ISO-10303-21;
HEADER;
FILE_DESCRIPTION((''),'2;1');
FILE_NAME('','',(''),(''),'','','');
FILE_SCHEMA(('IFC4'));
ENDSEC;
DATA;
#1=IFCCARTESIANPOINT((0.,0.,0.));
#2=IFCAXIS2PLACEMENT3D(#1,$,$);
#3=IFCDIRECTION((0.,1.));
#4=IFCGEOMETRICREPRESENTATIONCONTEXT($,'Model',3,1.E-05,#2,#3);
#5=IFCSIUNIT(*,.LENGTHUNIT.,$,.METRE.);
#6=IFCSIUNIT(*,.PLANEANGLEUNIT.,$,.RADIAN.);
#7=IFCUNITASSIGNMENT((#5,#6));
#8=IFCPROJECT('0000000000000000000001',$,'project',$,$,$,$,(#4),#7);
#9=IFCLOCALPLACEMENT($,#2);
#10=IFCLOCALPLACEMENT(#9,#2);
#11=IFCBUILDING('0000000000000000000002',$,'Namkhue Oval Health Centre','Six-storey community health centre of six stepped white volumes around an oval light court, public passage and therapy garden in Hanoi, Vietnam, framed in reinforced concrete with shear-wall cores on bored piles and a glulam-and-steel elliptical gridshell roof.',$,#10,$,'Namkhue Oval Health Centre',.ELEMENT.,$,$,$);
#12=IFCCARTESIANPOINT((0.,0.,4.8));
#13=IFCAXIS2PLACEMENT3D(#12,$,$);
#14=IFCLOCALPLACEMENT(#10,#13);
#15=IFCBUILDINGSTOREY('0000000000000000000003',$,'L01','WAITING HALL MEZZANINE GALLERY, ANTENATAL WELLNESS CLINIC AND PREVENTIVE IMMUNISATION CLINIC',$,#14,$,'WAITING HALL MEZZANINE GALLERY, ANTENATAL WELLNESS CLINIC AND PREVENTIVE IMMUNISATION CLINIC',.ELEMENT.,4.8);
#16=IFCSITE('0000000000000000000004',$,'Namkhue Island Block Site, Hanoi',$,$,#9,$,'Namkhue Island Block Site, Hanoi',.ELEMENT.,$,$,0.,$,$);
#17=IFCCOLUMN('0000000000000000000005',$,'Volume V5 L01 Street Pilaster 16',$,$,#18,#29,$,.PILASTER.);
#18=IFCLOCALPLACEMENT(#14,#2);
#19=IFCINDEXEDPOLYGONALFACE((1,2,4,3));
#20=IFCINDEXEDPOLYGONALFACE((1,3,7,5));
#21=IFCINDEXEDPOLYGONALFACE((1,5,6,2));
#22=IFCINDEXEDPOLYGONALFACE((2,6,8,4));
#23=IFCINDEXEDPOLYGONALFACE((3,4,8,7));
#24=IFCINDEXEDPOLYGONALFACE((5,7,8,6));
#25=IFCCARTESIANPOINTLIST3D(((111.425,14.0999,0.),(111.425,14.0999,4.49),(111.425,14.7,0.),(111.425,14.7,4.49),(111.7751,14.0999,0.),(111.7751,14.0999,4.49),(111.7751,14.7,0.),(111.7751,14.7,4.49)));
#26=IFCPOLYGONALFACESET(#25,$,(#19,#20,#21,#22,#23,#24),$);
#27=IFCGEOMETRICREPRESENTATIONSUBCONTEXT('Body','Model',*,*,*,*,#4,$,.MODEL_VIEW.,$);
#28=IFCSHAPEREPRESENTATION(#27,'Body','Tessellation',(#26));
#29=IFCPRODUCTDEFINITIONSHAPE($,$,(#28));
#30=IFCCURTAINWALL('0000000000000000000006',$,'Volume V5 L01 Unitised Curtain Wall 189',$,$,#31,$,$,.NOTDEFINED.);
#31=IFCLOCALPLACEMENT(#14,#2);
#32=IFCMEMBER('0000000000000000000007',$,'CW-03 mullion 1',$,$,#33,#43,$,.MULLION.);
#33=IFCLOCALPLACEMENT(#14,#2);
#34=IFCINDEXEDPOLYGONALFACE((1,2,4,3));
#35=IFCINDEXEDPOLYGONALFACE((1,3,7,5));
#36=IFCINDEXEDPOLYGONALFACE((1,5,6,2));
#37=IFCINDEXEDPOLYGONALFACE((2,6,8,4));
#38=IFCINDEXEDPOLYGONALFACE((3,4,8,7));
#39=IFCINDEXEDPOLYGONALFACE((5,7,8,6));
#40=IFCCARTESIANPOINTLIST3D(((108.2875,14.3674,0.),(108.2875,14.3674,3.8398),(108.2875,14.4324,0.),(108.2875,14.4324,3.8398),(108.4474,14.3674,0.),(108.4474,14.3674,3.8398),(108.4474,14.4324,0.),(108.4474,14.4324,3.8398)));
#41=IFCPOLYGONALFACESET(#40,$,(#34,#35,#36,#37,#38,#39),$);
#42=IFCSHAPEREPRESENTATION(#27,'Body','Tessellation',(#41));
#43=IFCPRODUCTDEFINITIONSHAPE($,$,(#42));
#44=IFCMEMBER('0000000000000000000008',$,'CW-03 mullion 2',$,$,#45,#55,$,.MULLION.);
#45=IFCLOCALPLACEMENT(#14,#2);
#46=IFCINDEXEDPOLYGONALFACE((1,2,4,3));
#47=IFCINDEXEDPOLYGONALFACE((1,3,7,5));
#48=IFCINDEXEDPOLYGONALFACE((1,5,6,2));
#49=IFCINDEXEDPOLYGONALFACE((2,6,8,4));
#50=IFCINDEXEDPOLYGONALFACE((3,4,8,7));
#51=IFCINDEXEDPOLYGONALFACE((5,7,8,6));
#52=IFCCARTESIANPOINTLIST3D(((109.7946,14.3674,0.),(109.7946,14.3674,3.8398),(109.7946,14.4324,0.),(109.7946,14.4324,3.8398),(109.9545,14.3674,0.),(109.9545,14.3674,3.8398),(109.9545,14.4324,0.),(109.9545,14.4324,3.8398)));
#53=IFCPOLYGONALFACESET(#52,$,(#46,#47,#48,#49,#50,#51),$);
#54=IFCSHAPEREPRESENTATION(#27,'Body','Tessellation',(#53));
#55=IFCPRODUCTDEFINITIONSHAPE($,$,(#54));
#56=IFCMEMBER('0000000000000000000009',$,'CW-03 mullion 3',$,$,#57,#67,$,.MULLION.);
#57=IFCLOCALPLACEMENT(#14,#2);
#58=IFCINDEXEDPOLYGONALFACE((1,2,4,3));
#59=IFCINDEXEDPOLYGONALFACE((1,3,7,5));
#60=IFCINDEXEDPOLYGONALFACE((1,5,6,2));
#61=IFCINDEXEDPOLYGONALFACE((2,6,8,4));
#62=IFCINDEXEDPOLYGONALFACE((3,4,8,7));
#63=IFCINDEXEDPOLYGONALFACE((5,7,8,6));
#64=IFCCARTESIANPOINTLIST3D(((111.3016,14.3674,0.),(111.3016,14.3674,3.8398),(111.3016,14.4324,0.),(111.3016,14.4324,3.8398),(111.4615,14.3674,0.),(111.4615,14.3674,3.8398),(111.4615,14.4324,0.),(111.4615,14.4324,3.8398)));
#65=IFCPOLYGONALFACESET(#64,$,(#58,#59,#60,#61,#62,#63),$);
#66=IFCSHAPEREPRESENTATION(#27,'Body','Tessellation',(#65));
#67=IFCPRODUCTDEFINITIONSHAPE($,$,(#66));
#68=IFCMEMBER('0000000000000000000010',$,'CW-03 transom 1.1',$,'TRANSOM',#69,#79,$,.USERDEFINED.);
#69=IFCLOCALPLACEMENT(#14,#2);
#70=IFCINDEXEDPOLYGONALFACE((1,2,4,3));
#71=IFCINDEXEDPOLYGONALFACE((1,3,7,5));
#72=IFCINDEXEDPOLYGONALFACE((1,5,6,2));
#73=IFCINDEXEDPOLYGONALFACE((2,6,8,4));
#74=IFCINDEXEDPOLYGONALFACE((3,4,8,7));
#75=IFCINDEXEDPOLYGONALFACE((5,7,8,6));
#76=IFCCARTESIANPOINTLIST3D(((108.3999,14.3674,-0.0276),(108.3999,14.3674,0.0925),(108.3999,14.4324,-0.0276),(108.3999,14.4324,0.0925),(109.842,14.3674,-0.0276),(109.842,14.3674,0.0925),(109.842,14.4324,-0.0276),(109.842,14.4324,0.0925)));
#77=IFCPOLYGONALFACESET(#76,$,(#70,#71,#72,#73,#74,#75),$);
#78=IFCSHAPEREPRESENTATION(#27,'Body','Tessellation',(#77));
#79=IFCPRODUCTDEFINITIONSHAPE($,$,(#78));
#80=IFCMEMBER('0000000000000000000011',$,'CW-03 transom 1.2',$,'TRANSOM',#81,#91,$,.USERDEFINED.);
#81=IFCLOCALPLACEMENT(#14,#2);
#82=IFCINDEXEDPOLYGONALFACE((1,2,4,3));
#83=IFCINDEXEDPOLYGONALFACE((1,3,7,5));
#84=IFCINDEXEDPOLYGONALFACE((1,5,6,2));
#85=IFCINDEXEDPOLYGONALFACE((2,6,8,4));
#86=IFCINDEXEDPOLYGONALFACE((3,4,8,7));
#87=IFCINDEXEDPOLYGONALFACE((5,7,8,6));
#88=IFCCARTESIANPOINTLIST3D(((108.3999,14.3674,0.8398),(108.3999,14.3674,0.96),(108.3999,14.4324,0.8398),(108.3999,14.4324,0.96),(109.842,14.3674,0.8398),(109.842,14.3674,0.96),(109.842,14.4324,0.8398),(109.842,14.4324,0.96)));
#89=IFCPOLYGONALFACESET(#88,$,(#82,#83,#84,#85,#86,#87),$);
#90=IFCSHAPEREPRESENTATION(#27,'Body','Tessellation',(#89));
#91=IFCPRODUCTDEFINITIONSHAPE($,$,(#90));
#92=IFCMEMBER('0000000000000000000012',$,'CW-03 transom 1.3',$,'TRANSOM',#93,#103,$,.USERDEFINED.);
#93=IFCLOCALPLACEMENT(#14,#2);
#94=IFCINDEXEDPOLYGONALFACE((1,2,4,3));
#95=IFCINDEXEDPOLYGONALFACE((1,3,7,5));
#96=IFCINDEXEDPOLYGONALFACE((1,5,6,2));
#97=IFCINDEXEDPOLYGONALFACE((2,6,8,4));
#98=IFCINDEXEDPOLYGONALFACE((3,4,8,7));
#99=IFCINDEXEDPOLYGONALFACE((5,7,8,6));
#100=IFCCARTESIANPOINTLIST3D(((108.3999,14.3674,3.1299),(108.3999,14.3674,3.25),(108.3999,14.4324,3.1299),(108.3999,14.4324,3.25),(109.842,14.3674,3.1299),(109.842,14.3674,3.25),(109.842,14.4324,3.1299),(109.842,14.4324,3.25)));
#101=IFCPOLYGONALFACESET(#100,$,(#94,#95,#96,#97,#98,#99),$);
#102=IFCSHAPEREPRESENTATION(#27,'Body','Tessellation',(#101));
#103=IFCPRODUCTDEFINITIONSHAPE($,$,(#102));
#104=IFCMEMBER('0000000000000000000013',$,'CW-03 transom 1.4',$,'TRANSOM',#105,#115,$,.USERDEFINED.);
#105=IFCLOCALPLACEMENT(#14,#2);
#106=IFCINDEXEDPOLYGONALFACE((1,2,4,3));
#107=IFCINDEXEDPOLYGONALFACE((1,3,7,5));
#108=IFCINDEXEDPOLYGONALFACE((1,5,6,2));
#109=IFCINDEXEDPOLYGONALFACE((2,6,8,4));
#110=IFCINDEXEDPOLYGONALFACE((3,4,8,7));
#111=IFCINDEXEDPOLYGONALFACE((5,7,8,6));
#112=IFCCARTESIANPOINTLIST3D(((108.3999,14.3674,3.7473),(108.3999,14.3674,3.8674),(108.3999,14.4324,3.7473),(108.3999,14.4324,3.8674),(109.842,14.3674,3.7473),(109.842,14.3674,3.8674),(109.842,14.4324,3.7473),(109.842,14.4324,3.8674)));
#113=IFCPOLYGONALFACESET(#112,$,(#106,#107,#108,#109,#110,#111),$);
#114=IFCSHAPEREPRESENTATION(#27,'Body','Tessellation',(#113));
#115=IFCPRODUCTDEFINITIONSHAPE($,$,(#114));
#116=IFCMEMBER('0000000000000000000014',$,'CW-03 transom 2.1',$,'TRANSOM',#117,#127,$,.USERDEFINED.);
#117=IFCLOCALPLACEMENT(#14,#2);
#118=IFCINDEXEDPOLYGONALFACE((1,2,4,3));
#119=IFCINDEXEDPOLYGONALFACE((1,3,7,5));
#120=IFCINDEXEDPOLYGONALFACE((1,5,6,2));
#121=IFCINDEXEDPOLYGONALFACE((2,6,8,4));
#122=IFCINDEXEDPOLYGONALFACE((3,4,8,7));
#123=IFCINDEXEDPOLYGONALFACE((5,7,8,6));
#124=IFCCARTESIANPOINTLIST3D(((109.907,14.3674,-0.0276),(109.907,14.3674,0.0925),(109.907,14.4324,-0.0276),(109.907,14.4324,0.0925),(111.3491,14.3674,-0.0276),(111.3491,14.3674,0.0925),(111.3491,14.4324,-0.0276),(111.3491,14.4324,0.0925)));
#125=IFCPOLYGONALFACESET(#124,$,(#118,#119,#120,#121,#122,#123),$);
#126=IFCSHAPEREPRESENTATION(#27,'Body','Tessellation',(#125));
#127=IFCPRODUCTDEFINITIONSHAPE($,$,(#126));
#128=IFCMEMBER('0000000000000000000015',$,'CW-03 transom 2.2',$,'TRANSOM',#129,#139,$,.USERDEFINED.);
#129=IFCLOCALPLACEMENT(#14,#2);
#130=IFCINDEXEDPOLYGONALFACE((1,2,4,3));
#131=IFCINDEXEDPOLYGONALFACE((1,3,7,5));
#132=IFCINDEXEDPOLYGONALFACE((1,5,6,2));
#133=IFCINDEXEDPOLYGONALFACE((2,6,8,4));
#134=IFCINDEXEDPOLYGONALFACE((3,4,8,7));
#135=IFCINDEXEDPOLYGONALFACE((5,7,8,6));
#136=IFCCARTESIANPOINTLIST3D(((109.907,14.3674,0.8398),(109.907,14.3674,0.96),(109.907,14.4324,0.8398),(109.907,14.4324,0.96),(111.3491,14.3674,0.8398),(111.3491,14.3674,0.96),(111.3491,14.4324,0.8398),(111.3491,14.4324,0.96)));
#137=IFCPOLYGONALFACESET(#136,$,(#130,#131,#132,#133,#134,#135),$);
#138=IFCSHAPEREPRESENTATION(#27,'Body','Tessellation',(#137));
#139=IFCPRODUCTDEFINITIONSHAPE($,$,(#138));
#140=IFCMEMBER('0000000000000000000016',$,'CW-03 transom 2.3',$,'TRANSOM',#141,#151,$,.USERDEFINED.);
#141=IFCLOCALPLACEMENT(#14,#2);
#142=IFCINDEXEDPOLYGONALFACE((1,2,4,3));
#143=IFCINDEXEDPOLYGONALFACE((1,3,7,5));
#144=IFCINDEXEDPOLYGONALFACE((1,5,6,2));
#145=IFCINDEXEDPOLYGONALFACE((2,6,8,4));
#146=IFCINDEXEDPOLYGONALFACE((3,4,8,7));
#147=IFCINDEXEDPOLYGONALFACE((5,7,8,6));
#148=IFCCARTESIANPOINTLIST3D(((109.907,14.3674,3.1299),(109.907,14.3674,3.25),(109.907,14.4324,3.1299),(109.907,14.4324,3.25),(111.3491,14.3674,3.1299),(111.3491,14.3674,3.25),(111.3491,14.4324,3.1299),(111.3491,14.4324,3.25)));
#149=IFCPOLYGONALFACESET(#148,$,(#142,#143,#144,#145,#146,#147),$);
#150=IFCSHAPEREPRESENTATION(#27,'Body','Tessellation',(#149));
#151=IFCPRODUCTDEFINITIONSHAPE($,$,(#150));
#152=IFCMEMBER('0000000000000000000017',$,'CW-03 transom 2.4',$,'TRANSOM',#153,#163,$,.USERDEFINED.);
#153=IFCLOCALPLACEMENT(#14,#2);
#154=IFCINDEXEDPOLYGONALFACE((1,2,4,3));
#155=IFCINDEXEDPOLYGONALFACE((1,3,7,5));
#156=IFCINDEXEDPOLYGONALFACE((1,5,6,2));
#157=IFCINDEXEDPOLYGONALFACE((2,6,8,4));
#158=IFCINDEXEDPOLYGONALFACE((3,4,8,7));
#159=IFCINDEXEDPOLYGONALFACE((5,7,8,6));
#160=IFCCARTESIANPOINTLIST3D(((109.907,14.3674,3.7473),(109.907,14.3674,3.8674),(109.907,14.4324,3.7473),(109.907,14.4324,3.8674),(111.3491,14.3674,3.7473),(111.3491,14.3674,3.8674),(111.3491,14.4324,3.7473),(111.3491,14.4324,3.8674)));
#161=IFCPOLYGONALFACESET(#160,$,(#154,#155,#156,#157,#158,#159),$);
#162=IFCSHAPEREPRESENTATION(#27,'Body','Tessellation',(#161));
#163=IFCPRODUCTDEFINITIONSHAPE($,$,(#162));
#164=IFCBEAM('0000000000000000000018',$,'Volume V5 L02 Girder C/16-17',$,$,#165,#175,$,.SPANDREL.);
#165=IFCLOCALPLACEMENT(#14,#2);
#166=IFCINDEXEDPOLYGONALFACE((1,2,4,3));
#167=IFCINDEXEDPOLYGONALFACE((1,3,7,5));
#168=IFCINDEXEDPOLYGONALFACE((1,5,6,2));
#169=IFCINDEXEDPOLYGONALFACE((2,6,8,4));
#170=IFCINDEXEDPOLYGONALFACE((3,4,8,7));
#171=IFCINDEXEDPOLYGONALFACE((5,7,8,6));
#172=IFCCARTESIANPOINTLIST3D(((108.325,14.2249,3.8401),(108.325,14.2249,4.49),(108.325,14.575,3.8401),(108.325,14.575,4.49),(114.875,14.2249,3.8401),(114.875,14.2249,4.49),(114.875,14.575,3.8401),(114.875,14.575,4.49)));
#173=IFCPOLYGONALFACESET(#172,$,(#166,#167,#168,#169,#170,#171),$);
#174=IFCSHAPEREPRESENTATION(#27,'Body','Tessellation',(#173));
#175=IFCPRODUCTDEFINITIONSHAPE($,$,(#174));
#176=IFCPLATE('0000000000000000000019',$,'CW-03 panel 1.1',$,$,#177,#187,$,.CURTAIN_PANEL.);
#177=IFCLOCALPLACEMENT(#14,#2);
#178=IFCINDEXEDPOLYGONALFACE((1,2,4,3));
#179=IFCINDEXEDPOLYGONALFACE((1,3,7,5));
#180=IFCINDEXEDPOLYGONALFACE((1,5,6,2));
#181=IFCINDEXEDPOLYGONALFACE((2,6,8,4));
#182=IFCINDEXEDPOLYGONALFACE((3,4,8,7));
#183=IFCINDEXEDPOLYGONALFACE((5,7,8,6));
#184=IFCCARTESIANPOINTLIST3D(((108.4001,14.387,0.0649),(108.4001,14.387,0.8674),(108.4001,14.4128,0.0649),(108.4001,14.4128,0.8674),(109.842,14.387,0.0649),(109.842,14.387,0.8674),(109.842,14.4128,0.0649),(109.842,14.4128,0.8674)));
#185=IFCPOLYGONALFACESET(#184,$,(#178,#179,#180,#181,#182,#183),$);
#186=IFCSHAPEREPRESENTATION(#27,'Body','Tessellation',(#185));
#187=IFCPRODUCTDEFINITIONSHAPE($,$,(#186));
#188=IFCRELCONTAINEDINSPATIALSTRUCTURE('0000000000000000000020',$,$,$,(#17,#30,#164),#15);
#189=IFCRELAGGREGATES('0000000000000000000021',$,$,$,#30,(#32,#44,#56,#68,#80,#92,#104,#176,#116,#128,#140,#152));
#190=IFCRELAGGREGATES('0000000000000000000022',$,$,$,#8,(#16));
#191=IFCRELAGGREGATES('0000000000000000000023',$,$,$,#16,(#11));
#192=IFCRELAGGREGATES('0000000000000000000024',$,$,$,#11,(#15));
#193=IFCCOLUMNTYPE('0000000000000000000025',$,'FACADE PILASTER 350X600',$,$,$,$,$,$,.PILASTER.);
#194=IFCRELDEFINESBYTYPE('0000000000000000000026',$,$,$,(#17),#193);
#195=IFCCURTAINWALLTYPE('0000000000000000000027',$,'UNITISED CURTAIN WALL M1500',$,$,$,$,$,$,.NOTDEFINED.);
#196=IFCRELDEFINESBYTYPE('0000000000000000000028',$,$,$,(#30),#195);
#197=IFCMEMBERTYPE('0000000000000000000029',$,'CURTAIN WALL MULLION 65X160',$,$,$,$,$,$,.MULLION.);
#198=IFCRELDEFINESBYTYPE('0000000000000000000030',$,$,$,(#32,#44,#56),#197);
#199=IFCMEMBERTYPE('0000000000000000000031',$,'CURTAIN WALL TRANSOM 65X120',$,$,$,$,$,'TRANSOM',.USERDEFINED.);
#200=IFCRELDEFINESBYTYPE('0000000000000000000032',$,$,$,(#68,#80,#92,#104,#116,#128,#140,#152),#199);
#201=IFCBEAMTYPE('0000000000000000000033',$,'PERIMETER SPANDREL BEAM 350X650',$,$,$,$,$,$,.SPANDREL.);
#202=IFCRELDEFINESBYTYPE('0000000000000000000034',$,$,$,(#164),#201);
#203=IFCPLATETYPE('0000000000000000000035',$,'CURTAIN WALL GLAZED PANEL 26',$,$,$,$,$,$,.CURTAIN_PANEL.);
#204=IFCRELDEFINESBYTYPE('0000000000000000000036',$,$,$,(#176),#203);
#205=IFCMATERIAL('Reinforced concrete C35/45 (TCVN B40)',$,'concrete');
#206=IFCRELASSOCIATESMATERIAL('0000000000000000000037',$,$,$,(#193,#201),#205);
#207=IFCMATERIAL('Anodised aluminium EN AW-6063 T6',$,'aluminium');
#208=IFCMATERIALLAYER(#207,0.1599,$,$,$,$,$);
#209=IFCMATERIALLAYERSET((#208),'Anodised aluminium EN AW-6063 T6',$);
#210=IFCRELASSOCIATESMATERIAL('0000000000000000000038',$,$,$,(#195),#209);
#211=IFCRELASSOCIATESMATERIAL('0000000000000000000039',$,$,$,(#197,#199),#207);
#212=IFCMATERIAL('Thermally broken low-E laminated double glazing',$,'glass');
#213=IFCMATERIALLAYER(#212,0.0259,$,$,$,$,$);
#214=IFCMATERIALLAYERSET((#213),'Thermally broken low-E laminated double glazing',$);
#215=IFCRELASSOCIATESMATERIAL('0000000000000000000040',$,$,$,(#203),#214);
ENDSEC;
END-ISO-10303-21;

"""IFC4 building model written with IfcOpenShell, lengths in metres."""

from ifc_helpers import new_model, si_unit, direction, frame, origin, origin_2d, place, context, subcontext, project, spatial, rectangle, extrude, material, layer, layer_set, material_profile, profile_set, type_object, element, aggregate, save


model = new_model("IFC4")

# Units and contexts
model_context = context("Model", 3, precision=1e-05, world=origin(), true_north=direction((0.0, 1.0)))
body_context = subcontext(model_context, "Body", "Model", "MODEL_VIEW")
ifc_project = project(units=[si_unit("LENGTHUNIT", "METRE"), si_unit("PLANEANGLEUNIT", "RADIAN")], contexts=[model_context])

# Site, building, storey
site_placement = place(None, origin())
site = spatial("IfcSite", under=ifc_project, at=site_placement, Name="Namkhue Island Block Site, Hanoi", LongName="Namkhue Island Block Site, Hanoi", CompositionType="ELEMENT", RefElevation=0.0)
building_placement = place(site_placement, origin())
building = spatial("IfcBuilding", under=site, at=building_placement, Name="Namkhue Oval Health Centre", Description="Six-storey community health centre of six stepped white volumes around an oval light court, public passage and therapy garden in Hanoi, Vietnam, framed in reinforced concrete with shear-wall cores on bored piles and a glulam-and-steel elliptical gridshell roof.", LongName="Namkhue Oval Health Centre", CompositionType="ELEMENT")
storey_placement = place(building_placement, frame((0.0, 0.0, 4.8)))
storey = spatial("IfcBuildingStorey", under=building, at=storey_placement, Name="L01", Description="WAITING HALL MEZZANINE GALLERY, ANTENATAL WELLNESS CLINIC AND PREVENTIVE IMMUNISATION CLINIC", LongName="WAITING HALL MEZZANINE GALLERY, ANTENATAL WELLNESS CLINIC AND PREVENTIVE IMMUNISATION CLINIC", CompositionType="ELEMENT", Elevation=4.8)

# Column
ifc_material_1 = material(Name="Reinforced concrete C35/45 (TCVN B40)", Category="concrete")
ifc_material_profile_1 = material_profile(ifc_material_1, rectangle(XDim=0.3501, YDim=0.6001, at=origin_2d()), Name="RC 350x600")
ifc_profile_set_1 = profile_set([ifc_material_profile_1], Name="Reinforced concrete C35/45 (TCVN B40)")
column_type = type_object("IfcColumnType", Name="FACADE PILASTER 350X600", PredefinedType="PILASTER", material=ifc_profile_set_1)
column_placement = place(storey_placement, frame((111.6001, 14.3999, 0.0), z_axis=(0.0, 0.0, 1.0), x_axis=(1.0, 0.0, 0.0)))
element("IfcColumn", 1, at=column_placement, inside=storey, type_object=column_type, Name="Volume V5 L01 Street Pilaster 16", PredefinedType="PILASTER", context=body_context, shape_type="SweptSolid", body=[
    extrude(rectangle(XDim=0.3501, YDim=0.6001, at=origin_2d()), origin(), (0.0, 0.0, 1.0), 4.49),
])

# Curtain wall, members
ifc_material_2 = material(Name="Anodised aluminium EN AW-6063 T6", Category="aluminium")
ifc_layer_1 = layer(ifc_material_2, 0.1599)
ifc_layer_set_1 = layer_set([ifc_layer_1], Name="Anodised aluminium EN AW-6063 T6")
curtain_wall_type = type_object("IfcCurtainWallType", Name="UNITISED CURTAIN WALL M1500", PredefinedType="NOTDEFINED", material=ifc_layer_set_1)
curtain_wall_placement = place(storey_placement, origin())
curtain_wall = element("IfcCurtainWall", 2, at=curtain_wall_placement, inside=storey, type_object=curtain_wall_type, Name="Volume V5 L01 Unitised Curtain Wall 189", PredefinedType="NOTDEFINED")
ifc_material_profile_2 = material_profile(ifc_material_2, rectangle(XDim=0.0649, YDim=0.1599, at=origin_2d()), Name="ALU 65x160")
ifc_profile_set_2 = profile_set([ifc_material_profile_2], Name="Anodised aluminium EN AW-6063 T6")
member_type_1 = type_object("IfcMemberType", Name="CURTAIN WALL MULLION 65X160", PredefinedType="MULLION", material=ifc_profile_set_2)
member_1_placement = place(storey_placement, frame((108.3674, 14.3999, 0.0), z_axis=(0.0, 0.0, 1.0), x_axis=(0.0, 1.0, 0.0)))
member_1 = element("IfcMember", 3, at=member_1_placement, type_object=member_type_1, Name="CW-03 mullion 1", PredefinedType="MULLION", context=body_context, shape_type="SweptSolid", body=[
    extrude(rectangle(XDim=0.0649, YDim=0.1599, at=origin_2d()), origin(), (0.0, 0.0, 1.0), 3.8398),
])
member_2_placement = place(storey_placement, frame((109.8745, 14.3999, 0.0), z_axis=(0.0, 0.0, 1.0), x_axis=(0.0, 1.0, 0.0)))
member_2 = element("IfcMember", 4, at=member_2_placement, type_object=member_type_1, Name="CW-03 mullion 2", PredefinedType="MULLION", context=body_context, shape_type="SweptSolid", body=[
    extrude(rectangle(XDim=0.0649, YDim=0.1599, at=origin_2d()), origin(), (0.0, 0.0, 1.0), 3.8398),
])
member_3_placement = place(storey_placement, frame((111.3816, 14.3999, 0.0), z_axis=(0.0, 0.0, 1.0), x_axis=(0.0, 1.0, 0.0)))
member_3 = element("IfcMember", 5, at=member_3_placement, type_object=member_type_1, Name="CW-03 mullion 3", PredefinedType="MULLION", context=body_context, shape_type="SweptSolid", body=[
    extrude(rectangle(XDim=0.0649, YDim=0.1599, at=origin_2d()), origin(), (0.0, 0.0, 1.0), 3.8398),
])
ifc_material_profile_3 = material_profile(ifc_material_2, rectangle(XDim=0.0649, YDim=0.1201, at=origin_2d()), Name="ALU 65x120")
ifc_profile_set_3 = profile_set([ifc_material_profile_3], Name="Anodised aluminium EN AW-6063 T6")
member_type_2 = type_object("IfcMemberType", Name="CURTAIN WALL TRANSOM 65X120", ElementType="TRANSOM", PredefinedType="USERDEFINED", material=ifc_profile_set_3)
member_4_placement = place(storey_placement, frame((108.3999, 14.3999, 0.0325), z_axis=(1.0, 0.0, 0.0), x_axis=(0.0, 1.0, 0.0)))
member_4 = element("IfcMember", 6, at=member_4_placement, type_object=member_type_2, Name="CW-03 transom 1.1", ObjectType="TRANSOM", PredefinedType="USERDEFINED", context=body_context, shape_type="SweptSolid", body=[
    extrude(rectangle(XDim=0.0649, YDim=0.1201, at=origin_2d()), origin(), (0.0, 0.0, 1.0), 1.4421),
])
member_5_placement = place(storey_placement, frame((108.3999, 14.3999, 0.8999), z_axis=(1.0, 0.0, 0.0), x_axis=(0.0, 1.0, 0.0)))
member_5 = element("IfcMember", 7, at=member_5_placement, type_object=member_type_2, Name="CW-03 transom 1.2", ObjectType="TRANSOM", PredefinedType="USERDEFINED", context=body_context, shape_type="SweptSolid", body=[
    extrude(rectangle(XDim=0.0649, YDim=0.1201, at=origin_2d()), origin(), (0.0, 0.0, 1.0), 1.4421),
])
member_6_placement = place(storey_placement, frame((108.3999, 14.3999, 3.1899), z_axis=(1.0, 0.0, 0.0), x_axis=(0.0, 1.0, 0.0)))
member_6 = element("IfcMember", 8, at=member_6_placement, type_object=member_type_2, Name="CW-03 transom 1.3", ObjectType="TRANSOM", PredefinedType="USERDEFINED", context=body_context, shape_type="SweptSolid", body=[
    extrude(rectangle(XDim=0.0649, YDim=0.1201, at=origin_2d()), origin(), (0.0, 0.0, 1.0), 1.4421),
])
member_7_placement = place(storey_placement, frame((108.3999, 14.3999, 3.8074), z_axis=(1.0, 0.0, 0.0), x_axis=(0.0, 1.0, 0.0)))
member_7 = element("IfcMember", 9, at=member_7_placement, type_object=member_type_2, Name="CW-03 transom 1.4", ObjectType="TRANSOM", PredefinedType="USERDEFINED", context=body_context, shape_type="SweptSolid", body=[
    extrude(rectangle(XDim=0.0649, YDim=0.1201, at=origin_2d()), origin(), (0.0, 0.0, 1.0), 1.4421),
])
member_8_placement = place(storey_placement, frame((109.907, 14.3999, 0.0325), z_axis=(1.0, 0.0, 0.0), x_axis=(0.0, 1.0, 0.0)))
member_8 = element("IfcMember", 10, at=member_8_placement, type_object=member_type_2, Name="CW-03 transom 2.1", ObjectType="TRANSOM", PredefinedType="USERDEFINED", context=body_context, shape_type="SweptSolid", body=[
    extrude(rectangle(XDim=0.0649, YDim=0.1201, at=origin_2d()), origin(), (0.0, 0.0, 1.0), 1.4421),
])
member_9_placement = place(storey_placement, frame((109.907, 14.3999, 0.8999), z_axis=(1.0, 0.0, 0.0), x_axis=(0.0, 1.0, 0.0)))
member_9 = element("IfcMember", 11, at=member_9_placement, type_object=member_type_2, Name="CW-03 transom 2.2", ObjectType="TRANSOM", PredefinedType="USERDEFINED", context=body_context, shape_type="SweptSolid", body=[
    extrude(rectangle(XDim=0.0649, YDim=0.1201, at=origin_2d()), origin(), (0.0, 0.0, 1.0), 1.4421),
])
member_10_placement = place(storey_placement, frame((109.907, 14.3999, 3.1899), z_axis=(1.0, 0.0, 0.0), x_axis=(0.0, 1.0, 0.0)))
member_10 = element("IfcMember", 12, at=member_10_placement, type_object=member_type_2, Name="CW-03 transom 2.3", ObjectType="TRANSOM", PredefinedType="USERDEFINED", context=body_context, shape_type="SweptSolid", body=[
    extrude(rectangle(XDim=0.0649, YDim=0.1201, at=origin_2d()), origin(), (0.0, 0.0, 1.0), 1.4421),
])
member_11_placement = place(storey_placement, frame((109.907, 14.3999, 3.8074), z_axis=(1.0, 0.0, 0.0), x_axis=(0.0, 1.0, 0.0)))
member_11 = element("IfcMember", 13, at=member_11_placement, type_object=member_type_2, Name="CW-03 transom 2.4", ObjectType="TRANSOM", PredefinedType="USERDEFINED", context=body_context, shape_type="SweptSolid", body=[
    extrude(rectangle(XDim=0.0649, YDim=0.1201, at=origin_2d()), origin(), (0.0, 0.0, 1.0), 1.4421),
])

# Beam
ifc_material_profile_4 = material_profile(ifc_material_1, rectangle(XDim=0.3501, YDim=0.6499, at=origin_2d()), Name="RC 350x650")
ifc_profile_set_4 = profile_set([ifc_material_profile_4], Name="Reinforced concrete C35/45 (TCVN B40)")
beam_type = type_object("IfcBeamType", Name="PERIMETER SPANDREL BEAM 350X650", PredefinedType="SPANDREL", material=ifc_profile_set_4)
beam_placement = place(storey_placement, frame((108.325, 14.3999, 4.165), z_axis=(1.0, 0.0, 0.0), x_axis=(0.0, 1.0, 0.0)))
element("IfcBeam", 14, at=beam_placement, inside=storey, type_object=beam_type, Name="Volume V5 L02 Girder C/16-17", PredefinedType="SPANDREL", context=body_context, shape_type="SweptSolid", body=[
    extrude(rectangle(XDim=0.3501, YDim=0.6499, at=origin_2d()), origin(), (0.0, 0.0, 1.0), 6.55),
])

# Plate
ifc_material_3 = material(Name="Thermally broken low-E laminated double glazing", Category="glass")
ifc_layer_2 = layer(ifc_material_3, 0.0259)
ifc_layer_set_2 = layer_set([ifc_layer_2], Name="Thermally broken low-E laminated double glazing")
plate_type = type_object("IfcPlateType", Name="CURTAIN WALL GLAZED PANEL 26", PredefinedType="CURTAIN_PANEL", material=ifc_layer_set_2)
plate_1_placement = place(storey_placement, frame((109.1211, 14.3999, 0.0649), z_axis=(0.0, 0.0, 1.0), x_axis=(1.0, 0.0, 0.0)))
plate_1 = element("IfcPlate", 15, at=plate_1_placement, type_object=plate_type, Name="CW-03 panel 1.1", PredefinedType="CURTAIN_PANEL", context=body_context, shape_type="SweptSolid", body=[
    extrude(rectangle(XDim=1.4419, YDim=0.0259, at=origin_2d()), origin(), (0.0, 0.0, 1.0), 0.8025),
])
aggregate(curtain_wall, [member_1, member_2, member_3, member_4, member_5, member_6, member_7, plate_1, member_8, member_9, member_10, member_11])

save(model, "model.ifc")
